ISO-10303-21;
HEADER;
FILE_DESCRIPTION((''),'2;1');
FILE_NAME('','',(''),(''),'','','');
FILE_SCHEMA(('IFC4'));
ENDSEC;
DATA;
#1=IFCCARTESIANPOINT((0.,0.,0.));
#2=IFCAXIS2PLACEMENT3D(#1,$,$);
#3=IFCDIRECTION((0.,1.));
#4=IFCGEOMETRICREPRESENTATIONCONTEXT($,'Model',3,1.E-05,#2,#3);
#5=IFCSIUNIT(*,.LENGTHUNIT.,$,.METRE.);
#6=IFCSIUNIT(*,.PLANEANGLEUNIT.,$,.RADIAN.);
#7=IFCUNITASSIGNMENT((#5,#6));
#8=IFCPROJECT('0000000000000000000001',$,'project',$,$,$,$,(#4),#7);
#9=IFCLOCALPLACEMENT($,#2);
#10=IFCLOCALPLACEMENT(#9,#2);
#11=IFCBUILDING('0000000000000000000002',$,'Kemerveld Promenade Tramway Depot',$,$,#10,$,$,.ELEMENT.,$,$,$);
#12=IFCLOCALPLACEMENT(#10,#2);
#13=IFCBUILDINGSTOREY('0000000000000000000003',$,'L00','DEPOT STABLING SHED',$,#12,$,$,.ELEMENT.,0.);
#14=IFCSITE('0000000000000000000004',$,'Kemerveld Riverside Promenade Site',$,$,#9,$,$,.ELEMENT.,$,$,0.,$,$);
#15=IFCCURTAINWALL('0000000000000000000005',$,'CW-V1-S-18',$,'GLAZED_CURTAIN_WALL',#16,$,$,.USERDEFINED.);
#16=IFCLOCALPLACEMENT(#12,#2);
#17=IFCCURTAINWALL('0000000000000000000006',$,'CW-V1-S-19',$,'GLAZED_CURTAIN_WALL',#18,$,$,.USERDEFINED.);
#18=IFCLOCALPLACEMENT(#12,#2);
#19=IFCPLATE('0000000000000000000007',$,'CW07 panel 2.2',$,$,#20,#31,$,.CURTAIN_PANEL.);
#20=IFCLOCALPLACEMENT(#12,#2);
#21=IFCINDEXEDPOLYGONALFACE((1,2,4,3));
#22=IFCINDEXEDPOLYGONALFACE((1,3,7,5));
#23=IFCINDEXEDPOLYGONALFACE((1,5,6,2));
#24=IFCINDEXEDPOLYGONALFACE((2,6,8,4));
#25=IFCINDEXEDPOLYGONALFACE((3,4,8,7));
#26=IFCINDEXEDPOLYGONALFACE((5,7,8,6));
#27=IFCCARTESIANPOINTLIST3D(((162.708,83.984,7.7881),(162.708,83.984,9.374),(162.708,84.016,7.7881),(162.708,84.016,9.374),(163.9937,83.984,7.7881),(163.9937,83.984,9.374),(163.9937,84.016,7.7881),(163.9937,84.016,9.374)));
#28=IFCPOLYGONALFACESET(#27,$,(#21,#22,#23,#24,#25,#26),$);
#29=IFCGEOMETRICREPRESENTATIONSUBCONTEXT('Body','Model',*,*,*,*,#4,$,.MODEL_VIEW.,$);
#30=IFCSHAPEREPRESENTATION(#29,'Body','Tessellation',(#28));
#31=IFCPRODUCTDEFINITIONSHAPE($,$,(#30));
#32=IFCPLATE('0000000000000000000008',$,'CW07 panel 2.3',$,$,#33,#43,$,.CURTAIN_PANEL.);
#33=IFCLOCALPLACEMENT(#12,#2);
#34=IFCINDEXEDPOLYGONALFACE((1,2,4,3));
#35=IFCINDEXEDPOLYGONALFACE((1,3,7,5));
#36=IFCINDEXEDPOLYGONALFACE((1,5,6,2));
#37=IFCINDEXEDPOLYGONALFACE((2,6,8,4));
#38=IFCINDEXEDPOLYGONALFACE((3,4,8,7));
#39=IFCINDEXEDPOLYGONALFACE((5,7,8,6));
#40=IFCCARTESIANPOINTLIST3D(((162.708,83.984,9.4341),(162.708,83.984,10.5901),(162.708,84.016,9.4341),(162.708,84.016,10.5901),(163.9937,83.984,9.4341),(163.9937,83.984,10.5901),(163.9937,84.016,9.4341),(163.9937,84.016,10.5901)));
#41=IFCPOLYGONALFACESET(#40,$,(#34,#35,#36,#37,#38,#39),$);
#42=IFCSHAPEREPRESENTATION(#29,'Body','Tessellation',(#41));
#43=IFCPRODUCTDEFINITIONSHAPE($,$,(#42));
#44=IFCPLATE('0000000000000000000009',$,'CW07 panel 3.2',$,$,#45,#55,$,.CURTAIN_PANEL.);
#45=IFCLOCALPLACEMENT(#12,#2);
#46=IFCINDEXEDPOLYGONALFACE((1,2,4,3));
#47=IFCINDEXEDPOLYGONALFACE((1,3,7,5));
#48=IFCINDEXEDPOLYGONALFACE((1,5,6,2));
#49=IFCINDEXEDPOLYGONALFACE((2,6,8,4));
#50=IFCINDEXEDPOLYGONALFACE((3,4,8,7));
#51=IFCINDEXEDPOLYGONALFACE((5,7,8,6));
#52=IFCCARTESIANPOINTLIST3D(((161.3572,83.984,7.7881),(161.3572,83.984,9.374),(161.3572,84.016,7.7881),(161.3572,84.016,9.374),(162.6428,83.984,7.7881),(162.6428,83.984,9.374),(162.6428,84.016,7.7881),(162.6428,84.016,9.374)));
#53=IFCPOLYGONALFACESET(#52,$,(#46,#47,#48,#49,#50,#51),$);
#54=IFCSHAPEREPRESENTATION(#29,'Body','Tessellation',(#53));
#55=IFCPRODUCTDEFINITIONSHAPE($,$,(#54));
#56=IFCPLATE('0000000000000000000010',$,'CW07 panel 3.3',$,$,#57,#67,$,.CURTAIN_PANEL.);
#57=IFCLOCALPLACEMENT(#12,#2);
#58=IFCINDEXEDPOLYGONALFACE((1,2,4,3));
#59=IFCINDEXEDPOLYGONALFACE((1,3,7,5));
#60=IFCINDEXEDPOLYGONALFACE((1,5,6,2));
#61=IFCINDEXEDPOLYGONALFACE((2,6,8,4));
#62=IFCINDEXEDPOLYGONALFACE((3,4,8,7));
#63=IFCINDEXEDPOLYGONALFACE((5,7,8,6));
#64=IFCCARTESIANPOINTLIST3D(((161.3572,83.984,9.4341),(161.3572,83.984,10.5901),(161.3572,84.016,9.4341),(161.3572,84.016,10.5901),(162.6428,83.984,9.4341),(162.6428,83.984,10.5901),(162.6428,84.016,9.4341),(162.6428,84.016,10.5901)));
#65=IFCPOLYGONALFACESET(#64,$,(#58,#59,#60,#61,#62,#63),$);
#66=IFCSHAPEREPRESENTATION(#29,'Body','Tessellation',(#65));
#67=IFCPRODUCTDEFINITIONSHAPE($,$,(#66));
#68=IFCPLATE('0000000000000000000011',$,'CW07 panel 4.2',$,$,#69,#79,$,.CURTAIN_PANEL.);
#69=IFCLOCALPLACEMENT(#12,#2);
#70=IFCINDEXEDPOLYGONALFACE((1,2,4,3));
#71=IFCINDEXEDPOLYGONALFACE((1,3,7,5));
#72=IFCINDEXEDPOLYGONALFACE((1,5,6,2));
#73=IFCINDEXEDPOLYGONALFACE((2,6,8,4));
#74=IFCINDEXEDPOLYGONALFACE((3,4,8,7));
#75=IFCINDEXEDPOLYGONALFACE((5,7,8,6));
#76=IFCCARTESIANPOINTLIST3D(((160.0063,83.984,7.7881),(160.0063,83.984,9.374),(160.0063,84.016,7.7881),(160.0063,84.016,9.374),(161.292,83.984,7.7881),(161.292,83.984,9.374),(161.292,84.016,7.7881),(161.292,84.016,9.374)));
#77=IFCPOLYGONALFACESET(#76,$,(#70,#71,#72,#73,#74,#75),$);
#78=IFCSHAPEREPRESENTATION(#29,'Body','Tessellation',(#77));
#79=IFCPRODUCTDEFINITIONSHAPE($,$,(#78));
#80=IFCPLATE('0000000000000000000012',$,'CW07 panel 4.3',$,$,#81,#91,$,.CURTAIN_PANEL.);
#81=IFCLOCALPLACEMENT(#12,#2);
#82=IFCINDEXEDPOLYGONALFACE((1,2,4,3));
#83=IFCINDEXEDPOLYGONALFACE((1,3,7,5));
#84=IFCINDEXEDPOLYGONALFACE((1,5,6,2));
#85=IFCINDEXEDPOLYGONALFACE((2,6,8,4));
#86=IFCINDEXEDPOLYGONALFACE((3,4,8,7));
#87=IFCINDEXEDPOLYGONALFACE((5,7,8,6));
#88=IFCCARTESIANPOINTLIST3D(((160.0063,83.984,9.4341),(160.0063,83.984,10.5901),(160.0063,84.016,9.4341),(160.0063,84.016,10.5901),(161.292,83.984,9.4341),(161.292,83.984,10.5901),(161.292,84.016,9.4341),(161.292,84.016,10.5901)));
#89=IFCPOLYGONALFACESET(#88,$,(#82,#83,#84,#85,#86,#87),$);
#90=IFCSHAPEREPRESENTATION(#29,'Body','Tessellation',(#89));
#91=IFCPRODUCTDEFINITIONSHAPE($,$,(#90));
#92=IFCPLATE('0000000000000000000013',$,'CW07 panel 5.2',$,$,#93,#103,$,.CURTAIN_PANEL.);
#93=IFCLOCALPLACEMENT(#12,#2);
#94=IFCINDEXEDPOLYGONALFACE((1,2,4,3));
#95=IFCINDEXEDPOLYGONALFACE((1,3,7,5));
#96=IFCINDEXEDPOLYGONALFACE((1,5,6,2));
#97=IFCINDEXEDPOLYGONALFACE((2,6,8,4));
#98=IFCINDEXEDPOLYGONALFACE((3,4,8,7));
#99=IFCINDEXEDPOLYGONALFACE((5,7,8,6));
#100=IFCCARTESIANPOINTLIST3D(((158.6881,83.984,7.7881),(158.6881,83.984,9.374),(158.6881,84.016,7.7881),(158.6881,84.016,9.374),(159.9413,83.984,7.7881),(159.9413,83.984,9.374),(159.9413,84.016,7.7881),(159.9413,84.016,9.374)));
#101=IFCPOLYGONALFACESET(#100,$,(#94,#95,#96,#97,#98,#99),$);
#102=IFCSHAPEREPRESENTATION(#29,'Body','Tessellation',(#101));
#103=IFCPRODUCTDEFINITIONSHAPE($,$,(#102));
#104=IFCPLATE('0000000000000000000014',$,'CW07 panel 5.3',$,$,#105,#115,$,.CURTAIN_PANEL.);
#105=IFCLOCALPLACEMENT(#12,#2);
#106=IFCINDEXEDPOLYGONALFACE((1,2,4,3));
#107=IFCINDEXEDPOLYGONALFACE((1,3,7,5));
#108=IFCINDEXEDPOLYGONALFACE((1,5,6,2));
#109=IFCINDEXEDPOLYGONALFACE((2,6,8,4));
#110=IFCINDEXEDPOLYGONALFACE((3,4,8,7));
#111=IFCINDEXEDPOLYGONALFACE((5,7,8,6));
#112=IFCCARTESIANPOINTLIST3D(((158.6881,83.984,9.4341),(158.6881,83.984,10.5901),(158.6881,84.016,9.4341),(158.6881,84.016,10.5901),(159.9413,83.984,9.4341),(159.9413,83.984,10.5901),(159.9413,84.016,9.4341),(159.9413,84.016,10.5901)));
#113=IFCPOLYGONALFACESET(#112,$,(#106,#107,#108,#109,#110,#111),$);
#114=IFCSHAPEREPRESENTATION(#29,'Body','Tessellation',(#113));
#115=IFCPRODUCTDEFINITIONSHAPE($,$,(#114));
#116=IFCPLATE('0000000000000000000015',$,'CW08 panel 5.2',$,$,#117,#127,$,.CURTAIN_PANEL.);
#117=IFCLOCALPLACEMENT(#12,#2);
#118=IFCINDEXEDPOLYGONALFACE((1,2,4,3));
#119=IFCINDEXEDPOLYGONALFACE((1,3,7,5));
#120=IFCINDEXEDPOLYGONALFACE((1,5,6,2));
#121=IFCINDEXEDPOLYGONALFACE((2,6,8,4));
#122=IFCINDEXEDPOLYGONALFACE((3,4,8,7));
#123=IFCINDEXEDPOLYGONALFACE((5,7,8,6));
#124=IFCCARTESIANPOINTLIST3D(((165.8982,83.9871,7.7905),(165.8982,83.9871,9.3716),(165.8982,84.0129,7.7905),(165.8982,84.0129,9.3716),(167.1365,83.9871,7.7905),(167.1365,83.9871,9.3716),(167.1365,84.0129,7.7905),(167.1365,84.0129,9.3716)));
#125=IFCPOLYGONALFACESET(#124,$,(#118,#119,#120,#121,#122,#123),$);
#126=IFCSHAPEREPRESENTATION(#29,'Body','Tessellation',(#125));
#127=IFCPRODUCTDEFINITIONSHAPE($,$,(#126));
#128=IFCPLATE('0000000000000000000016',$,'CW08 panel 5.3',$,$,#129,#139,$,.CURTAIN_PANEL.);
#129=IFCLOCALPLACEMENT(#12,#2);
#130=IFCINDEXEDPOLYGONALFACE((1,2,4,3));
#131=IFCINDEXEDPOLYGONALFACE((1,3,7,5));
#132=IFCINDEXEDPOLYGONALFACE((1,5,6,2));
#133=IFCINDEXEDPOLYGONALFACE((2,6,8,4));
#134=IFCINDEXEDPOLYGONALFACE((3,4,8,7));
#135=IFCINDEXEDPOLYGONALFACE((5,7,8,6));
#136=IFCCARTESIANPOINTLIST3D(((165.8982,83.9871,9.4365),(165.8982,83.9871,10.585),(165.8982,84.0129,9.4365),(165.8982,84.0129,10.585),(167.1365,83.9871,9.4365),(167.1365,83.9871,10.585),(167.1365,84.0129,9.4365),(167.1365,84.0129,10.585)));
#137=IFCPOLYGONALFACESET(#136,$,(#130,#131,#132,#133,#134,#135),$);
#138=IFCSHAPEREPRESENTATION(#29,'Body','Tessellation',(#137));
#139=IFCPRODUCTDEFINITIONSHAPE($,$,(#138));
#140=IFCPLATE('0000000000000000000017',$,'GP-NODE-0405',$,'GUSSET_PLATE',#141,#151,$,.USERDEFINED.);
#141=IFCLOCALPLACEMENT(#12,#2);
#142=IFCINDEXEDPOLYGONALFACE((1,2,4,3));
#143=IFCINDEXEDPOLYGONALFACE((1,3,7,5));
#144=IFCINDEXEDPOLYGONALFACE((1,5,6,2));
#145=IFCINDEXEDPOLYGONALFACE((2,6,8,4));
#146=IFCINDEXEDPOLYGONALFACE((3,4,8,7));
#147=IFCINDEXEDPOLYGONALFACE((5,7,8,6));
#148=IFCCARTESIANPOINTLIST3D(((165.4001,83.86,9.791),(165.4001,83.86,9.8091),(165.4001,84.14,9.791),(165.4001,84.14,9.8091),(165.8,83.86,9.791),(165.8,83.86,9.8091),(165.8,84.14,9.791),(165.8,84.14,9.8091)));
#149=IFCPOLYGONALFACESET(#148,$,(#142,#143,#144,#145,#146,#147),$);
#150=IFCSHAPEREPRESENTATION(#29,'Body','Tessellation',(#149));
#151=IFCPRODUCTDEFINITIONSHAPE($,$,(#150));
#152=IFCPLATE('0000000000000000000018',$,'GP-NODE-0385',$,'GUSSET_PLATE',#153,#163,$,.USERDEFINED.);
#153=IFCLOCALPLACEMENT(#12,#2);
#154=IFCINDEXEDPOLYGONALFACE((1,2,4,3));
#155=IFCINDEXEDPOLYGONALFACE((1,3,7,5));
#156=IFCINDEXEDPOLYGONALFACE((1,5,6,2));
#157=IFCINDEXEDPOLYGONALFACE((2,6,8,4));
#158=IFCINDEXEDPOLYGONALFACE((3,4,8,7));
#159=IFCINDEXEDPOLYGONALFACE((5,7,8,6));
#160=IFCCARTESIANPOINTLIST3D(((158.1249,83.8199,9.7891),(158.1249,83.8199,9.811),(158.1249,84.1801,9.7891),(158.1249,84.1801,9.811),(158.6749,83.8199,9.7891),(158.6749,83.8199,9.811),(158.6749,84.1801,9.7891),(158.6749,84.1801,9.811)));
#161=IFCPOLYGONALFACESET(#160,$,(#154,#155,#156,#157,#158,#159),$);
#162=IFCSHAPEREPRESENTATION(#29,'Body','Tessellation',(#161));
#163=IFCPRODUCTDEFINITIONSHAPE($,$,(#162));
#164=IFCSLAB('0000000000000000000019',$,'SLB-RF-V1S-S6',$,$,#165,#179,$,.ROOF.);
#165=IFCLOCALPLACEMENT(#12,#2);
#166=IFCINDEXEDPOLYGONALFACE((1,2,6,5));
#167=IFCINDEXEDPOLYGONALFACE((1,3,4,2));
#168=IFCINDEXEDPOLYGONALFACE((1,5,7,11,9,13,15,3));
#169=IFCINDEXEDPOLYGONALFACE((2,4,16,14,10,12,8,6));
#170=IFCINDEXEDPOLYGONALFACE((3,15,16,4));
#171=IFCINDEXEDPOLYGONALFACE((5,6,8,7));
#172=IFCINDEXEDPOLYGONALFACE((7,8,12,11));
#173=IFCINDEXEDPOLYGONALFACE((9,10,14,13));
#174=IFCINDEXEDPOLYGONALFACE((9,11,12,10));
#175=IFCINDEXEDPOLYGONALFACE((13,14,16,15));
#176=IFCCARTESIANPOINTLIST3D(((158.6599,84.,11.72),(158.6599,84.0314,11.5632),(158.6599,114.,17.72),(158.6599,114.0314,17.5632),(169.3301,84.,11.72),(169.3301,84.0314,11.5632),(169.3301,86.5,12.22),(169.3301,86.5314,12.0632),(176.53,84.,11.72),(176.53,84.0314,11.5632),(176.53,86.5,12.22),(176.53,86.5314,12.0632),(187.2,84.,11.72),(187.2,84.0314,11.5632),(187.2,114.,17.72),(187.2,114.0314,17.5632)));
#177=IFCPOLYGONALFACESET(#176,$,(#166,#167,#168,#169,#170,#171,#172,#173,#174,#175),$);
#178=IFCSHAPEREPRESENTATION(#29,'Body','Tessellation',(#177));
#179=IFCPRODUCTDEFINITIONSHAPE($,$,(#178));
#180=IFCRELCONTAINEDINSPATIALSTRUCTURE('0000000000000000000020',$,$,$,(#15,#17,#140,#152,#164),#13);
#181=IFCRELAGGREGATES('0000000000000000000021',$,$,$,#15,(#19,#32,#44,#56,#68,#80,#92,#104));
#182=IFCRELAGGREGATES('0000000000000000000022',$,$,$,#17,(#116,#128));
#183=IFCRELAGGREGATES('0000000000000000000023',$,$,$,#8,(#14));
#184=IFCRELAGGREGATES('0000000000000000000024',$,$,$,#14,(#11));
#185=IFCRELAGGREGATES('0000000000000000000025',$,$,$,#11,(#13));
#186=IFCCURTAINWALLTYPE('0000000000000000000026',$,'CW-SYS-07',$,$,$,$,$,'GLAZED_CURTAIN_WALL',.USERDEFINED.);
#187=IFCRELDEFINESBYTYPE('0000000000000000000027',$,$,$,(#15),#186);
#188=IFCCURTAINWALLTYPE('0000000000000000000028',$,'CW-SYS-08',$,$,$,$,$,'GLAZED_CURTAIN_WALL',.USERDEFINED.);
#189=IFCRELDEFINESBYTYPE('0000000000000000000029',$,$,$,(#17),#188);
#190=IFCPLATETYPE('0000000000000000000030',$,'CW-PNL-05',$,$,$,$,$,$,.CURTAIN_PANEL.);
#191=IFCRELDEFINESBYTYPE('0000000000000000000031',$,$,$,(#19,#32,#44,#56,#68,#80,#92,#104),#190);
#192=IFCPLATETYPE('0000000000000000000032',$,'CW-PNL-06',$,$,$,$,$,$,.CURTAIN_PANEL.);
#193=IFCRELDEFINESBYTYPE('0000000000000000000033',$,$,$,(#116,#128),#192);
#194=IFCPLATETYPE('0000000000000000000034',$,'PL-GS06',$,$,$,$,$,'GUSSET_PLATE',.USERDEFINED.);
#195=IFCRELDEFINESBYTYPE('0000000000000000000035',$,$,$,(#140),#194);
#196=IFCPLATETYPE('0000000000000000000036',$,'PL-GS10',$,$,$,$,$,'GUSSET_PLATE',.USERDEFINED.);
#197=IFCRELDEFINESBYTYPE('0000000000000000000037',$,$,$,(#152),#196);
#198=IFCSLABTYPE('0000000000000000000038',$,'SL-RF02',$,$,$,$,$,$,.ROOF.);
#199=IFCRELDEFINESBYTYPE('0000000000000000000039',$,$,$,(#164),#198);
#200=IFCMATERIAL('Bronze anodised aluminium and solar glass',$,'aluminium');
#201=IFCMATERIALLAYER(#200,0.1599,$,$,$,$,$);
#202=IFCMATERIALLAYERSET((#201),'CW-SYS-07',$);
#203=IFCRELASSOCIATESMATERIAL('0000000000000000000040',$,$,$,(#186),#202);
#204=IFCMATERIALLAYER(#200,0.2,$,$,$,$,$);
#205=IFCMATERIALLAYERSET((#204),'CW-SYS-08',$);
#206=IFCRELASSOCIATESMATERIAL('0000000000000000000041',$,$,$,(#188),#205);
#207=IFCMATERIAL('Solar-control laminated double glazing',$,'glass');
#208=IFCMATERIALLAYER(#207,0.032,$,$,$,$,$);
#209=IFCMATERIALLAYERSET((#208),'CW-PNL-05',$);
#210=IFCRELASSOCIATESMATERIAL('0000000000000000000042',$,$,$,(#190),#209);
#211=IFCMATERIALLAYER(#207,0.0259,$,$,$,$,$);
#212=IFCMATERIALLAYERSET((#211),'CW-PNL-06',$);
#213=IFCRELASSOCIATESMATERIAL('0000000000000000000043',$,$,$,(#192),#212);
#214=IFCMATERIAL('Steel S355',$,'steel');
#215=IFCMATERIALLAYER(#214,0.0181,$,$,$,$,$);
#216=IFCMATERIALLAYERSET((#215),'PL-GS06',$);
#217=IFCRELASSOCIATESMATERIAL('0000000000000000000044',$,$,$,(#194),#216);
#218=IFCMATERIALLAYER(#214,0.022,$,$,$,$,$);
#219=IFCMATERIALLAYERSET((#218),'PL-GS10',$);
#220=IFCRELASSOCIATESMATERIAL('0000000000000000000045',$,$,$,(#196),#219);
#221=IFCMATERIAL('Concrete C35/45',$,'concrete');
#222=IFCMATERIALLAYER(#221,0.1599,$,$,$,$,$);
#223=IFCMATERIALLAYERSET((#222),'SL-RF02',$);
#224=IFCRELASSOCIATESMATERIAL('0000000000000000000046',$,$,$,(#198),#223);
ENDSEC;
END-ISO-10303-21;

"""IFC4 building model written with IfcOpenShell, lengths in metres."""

from ifc_helpers import new_model, si_unit, direction, frame, origin, origin_2d, place, context, subcontext, project, spatial, polyline, rectangle, outline, extrude, material, layer, layer_set, type_object, element, aggregate, save


model = new_model("IFC4")

# Units and contexts
model_context = context("Model", 3, precision=1e-05, world=origin(), true_north=direction((0.0, 1.0)))
body_context = subcontext(model_context, "Body", "Model", "MODEL_VIEW")
ifc_project = project(units=[si_unit("LENGTHUNIT", "METRE"), si_unit("PLANEANGLEUNIT", "RADIAN")], contexts=[model_context])

# Site, building, storey
site_placement = place(None, origin())
site = spatial("IfcSite", under=ifc_project, at=site_placement, Name="Kemerveld Riverside Promenade Site", CompositionType="ELEMENT", RefElevation=0.0)
building_placement = place(site_placement, origin())
building = spatial("IfcBuilding", under=site, at=building_placement, Name="Kemerveld Promenade Tramway Depot", CompositionType="ELEMENT")
storey_placement = place(building_placement, origin())
storey = spatial("IfcBuildingStorey", under=building, at=storey_placement, Name="L00", Description="DEPOT STABLING SHED", CompositionType="ELEMENT", Elevation=0.0)

# Shared definitions
ifc_material_1 = material(Name="Steel S355", Category="steel")

# Curtain walls
ifc_material_2 = material(Name="Bronze anodised aluminium and solar glass", Category="aluminium")
ifc_layer_1 = layer(ifc_material_2, 0.1599)
ifc_layer_set_1 = layer_set([ifc_layer_1], Name="CW-SYS-07")
curtain_wall_type_1 = type_object("IfcCurtainWallType", Name="CW-SYS-07", ElementType="GLAZED_CURTAIN_WALL", PredefinedType="USERDEFINED", material=ifc_layer_set_1)
curtain_wall_1_placement = place(storey_placement, origin())
curtain_wall_1 = element("IfcCurtainWall", 1, at=curtain_wall_1_placement, inside=storey, type_object=curtain_wall_type_1, Name="CW-V1-S-18", ObjectType="GLAZED_CURTAIN_WALL", PredefinedType="USERDEFINED")
ifc_layer_2 = layer(ifc_material_2, 0.2)
ifc_layer_set_2 = layer_set([ifc_layer_2], Name="CW-SYS-08")
curtain_wall_type_2 = type_object("IfcCurtainWallType", Name="CW-SYS-08", ElementType="GLAZED_CURTAIN_WALL", PredefinedType="USERDEFINED", material=ifc_layer_set_2)
curtain_wall_2_placement = place(storey_placement, origin())
curtain_wall_2 = element("IfcCurtainWall", 2, at=curtain_wall_2_placement, inside=storey, type_object=curtain_wall_type_2, Name="CW-V1-S-19", ObjectType="GLAZED_CURTAIN_WALL", PredefinedType="USERDEFINED")

# Plates
ifc_material_3 = material(Name="Solar-control laminated double glazing", Category="glass")
ifc_layer_3 = layer(ifc_material_3, 0.032)
ifc_layer_set_3 = layer_set([ifc_layer_3], Name="CW-PNL-05")
plate_type_1 = type_object("IfcPlateType", Name="CW-PNL-05", PredefinedType="CURTAIN_PANEL", material=ifc_layer_set_3)
plate_1_placement = place(storey_placement, frame((163.3508, 84.0, 7.7881), z_axis=(0.0, 0.0, 1.0), x_axis=(-1.0, 0.0, 0.0)))
plate_1 = element("IfcPlate", 3, at=plate_1_placement, type_object=plate_type_1, Name="CW07 panel 2.2", PredefinedType="CURTAIN_PANEL", context=body_context, shape_type="SweptSolid", body=[
    extrude(rectangle(XDim=1.2856, YDim=0.032, at=origin_2d()), origin(), (0.0, 0.0, 1.0), 1.5859),
])
plate_2_placement = place(storey_placement, frame((163.3508, 84.0, 9.4341), z_axis=(0.0, 0.0, 1.0), x_axis=(-1.0, 0.0, 0.0)))
plate_2 = element("IfcPlate", 4, at=plate_2_placement, type_object=plate_type_1, Name="CW07 panel 2.3", PredefinedType="CURTAIN_PANEL", context=body_context, shape_type="SweptSolid", body=[
    extrude(rectangle(XDim=1.2856, YDim=0.032, at=origin_2d()), origin(), (0.0, 0.0, 1.0), 1.156),
])
plate_3_placement = place(storey_placement, frame((162.0, 84.0, 7.7881), z_axis=(0.0, 0.0, 1.0), x_axis=(-1.0, 0.0, 0.0)))
plate_3 = element("IfcPlate", 5, at=plate_3_placement, type_object=plate_type_1, Name="CW07 panel 3.2", PredefinedType="CURTAIN_PANEL", context=body_context, shape_type="SweptSolid", body=[
    extrude(rectangle(XDim=1.2856, YDim=0.032, at=origin_2d()), origin(), (0.0, 0.0, 1.0), 1.5859),
])
plate_4_placement = place(storey_placement, frame((162.0, 84.0, 9.4341), z_axis=(0.0, 0.0, 1.0), x_axis=(-1.0, 0.0, 0.0)))
plate_4 = element("IfcPlate", 6, at=plate_4_placement, type_object=plate_type_1, Name="CW07 panel 3.3", PredefinedType="CURTAIN_PANEL", context=body_context, shape_type="SweptSolid", body=[
    extrude(rectangle(XDim=1.2856, YDim=0.032, at=origin_2d()), origin(), (0.0, 0.0, 1.0), 1.156),
])
plate_5_placement = place(storey_placement, frame((160.6492, 84.0, 7.7881), z_axis=(0.0, 0.0, 1.0), x_axis=(-1.0, 0.0, 0.0)))
plate_5 = element("IfcPlate", 7, at=plate_5_placement, type_object=plate_type_1, Name="CW07 panel 4.2", PredefinedType="CURTAIN_PANEL", context=body_context, shape_type="SweptSolid", body=[
    extrude(rectangle(XDim=1.2856, YDim=0.032, at=origin_2d()), origin(), (0.0, 0.0, 1.0), 1.5859),
])
plate_6_placement = place(storey_placement, frame((160.6492, 84.0, 9.4341), z_axis=(0.0, 0.0, 1.0), x_axis=(-1.0, 0.0, 0.0)))
plate_6 = element("IfcPlate", 8, at=plate_6_placement, type_object=plate_type_1, Name="CW07 panel 4.3", PredefinedType="CURTAIN_PANEL", context=body_context, shape_type="SweptSolid", body=[
    extrude(rectangle(XDim=1.2856, YDim=0.032, at=origin_2d()), origin(), (0.0, 0.0, 1.0), 1.156),
])
plate_7_placement = place(storey_placement, frame((159.3147, 84.0, 7.7881), z_axis=(0.0, 0.0, 1.0), x_axis=(-1.0, 0.0, 0.0)))
plate_7 = element("IfcPlate", 9, at=plate_7_placement, type_object=plate_type_1, Name="CW07 panel 5.2", PredefinedType="CURTAIN_PANEL", context=body_context, shape_type="SweptSolid", body=[
    extrude(rectangle(XDim=1.2532, YDim=0.032, at=origin_2d()), origin(), (0.0, 0.0, 1.0), 1.5859),
])
plate_8_placement = place(storey_placement, frame((159.3147, 84.0, 9.4341), z_axis=(0.0, 0.0, 1.0), x_axis=(-1.0, 0.0, 0.0)))
plate_8 = element("IfcPlate", 10, at=plate_8_placement, type_object=plate_type_1, Name="CW07 panel 5.3", PredefinedType="CURTAIN_PANEL", context=body_context, shape_type="SweptSolid", body=[
    extrude(rectangle(XDim=1.2532, YDim=0.032, at=origin_2d()), origin(), (0.0, 0.0, 1.0), 1.156),
])
aggregate(curtain_wall_1, [plate_1, plate_2, plate_3, plate_4, plate_5, plate_6, plate_7, plate_8])
ifc_layer_4 = layer(ifc_material_3, 0.0259)
ifc_layer_set_4 = layer_set([ifc_layer_4], Name="CW-PNL-06")
plate_type_2 = type_object("IfcPlateType", Name="CW-PNL-06", PredefinedType="CURTAIN_PANEL", material=ifc_layer_set_4)
plate_9_placement = place(storey_placement, frame((166.5173, 84.0, 7.7905), z_axis=(0.0, 0.0, 1.0), x_axis=(-1.0, 0.0, 0.0)))
plate_9 = element("IfcPlate", 11, at=plate_9_placement, type_object=plate_type_2, Name="CW08 panel 5.2", PredefinedType="CURTAIN_PANEL", context=body_context, shape_type="SweptSolid", body=[
    extrude(rectangle(XDim=1.2383, YDim=0.0259, at=origin_2d()), origin(), (0.0, 0.0, 1.0), 1.5811),
])
plate_10_placement = place(storey_placement, frame((166.5173, 84.0, 9.4365), z_axis=(0.0, 0.0, 1.0), x_axis=(-1.0, 0.0, 0.0)))
plate_10 = element("IfcPlate", 12, at=plate_10_placement, type_object=plate_type_2, Name="CW08 panel 5.3", PredefinedType="CURTAIN_PANEL", context=body_context, shape_type="SweptSolid", body=[
    extrude(rectangle(XDim=1.2383, YDim=0.0259, at=origin_2d()), origin(), (0.0, 0.0, 1.0), 1.1484),
])
aggregate(curtain_wall_2, [plate_9, plate_10])

# Plates
ifc_layer_5 = layer(ifc_material_1, 0.0181)
ifc_layer_set_5 = layer_set([ifc_layer_5], Name="PL-GS06")
plate_type_3 = type_object("IfcPlateType", Name="PL-GS06", ElementType="GUSSET_PLATE", PredefinedType="USERDEFINED", material=ifc_layer_set_5)
plate_11_placement = place(storey_placement, frame((165.6001, 84.0, 9.791), z_axis=(0.0, 0.0, 1.0), x_axis=(1.0, 0.0, 0.0)))
element("IfcPlate", 13, at=plate_11_placement, inside=storey, type_object=plate_type_3, Name="GP-NODE-0405", ObjectType="GUSSET_PLATE", PredefinedType="USERDEFINED", context=body_context, shape_type="SweptSolid", body=[
    extrude(rectangle(XDim=0.3999, YDim=0.28, at=origin_2d()), origin(), (0.0, 0.0, 1.0), 0.0181),
])
ifc_layer_6 = layer(ifc_material_1, 0.022)
ifc_layer_set_6 = layer_set([ifc_layer_6], Name="PL-GS10")
plate_type_4 = type_object("IfcPlateType", Name="PL-GS10", ElementType="GUSSET_PLATE", PredefinedType="USERDEFINED", material=ifc_layer_set_6)
plate_12_placement = place(storey_placement, frame((158.3999, 84.0, 9.7891), z_axis=(0.0, 0.0, 1.0), x_axis=(1.0, 0.0, 0.0)))
element("IfcPlate", 14, at=plate_12_placement, inside=storey, type_object=plate_type_4, Name="GP-NODE-0385", ObjectType="GUSSET_PLATE", PredefinedType="USERDEFINED", context=body_context, shape_type="SweptSolid", body=[
    extrude(rectangle(XDim=0.55, YDim=0.3601, at=origin_2d()), origin(), (0.0, 0.0, 1.0), 0.022),
])

# Slab
ifc_material_4 = material(Name="Concrete C35/45", Category="concrete")
ifc_layer_7 = layer(ifc_material_4, 0.1599)
ifc_layer_set_7 = layer_set([ifc_layer_7], Name="SL-RF02")
slab_type = type_object("IfcSlabType", Name="SL-RF02", PredefinedType="ROOF", material=ifc_layer_set_7)
slab_placement = place(storey_placement, frame((158.6599, 84.0, 11.72), z_axis=(0.0, -0.196116, 0.980581), x_axis=(1.0, 0.0, 0.0)))
element("IfcSlab", 15, at=slab_placement, inside=storey, type_object=slab_type, Name="SLB-RF-V1S-S6", PredefinedType="ROOF", context=body_context, shape_type="SweptSolid", body=[
    extrude(outline(polyline([(0.0, 0.0), (10.6702, 0.0), (10.6702, 2.5495), (17.8701, 2.5495), (17.8701, 0.0), (28.54, 0.0), (28.54, 30.5941), (0.0, 30.5941), (0.0, 0.0)])), origin(), (0.0, 0.0, -1.0), 0.1599),
])

save(model, "model.ifc")
